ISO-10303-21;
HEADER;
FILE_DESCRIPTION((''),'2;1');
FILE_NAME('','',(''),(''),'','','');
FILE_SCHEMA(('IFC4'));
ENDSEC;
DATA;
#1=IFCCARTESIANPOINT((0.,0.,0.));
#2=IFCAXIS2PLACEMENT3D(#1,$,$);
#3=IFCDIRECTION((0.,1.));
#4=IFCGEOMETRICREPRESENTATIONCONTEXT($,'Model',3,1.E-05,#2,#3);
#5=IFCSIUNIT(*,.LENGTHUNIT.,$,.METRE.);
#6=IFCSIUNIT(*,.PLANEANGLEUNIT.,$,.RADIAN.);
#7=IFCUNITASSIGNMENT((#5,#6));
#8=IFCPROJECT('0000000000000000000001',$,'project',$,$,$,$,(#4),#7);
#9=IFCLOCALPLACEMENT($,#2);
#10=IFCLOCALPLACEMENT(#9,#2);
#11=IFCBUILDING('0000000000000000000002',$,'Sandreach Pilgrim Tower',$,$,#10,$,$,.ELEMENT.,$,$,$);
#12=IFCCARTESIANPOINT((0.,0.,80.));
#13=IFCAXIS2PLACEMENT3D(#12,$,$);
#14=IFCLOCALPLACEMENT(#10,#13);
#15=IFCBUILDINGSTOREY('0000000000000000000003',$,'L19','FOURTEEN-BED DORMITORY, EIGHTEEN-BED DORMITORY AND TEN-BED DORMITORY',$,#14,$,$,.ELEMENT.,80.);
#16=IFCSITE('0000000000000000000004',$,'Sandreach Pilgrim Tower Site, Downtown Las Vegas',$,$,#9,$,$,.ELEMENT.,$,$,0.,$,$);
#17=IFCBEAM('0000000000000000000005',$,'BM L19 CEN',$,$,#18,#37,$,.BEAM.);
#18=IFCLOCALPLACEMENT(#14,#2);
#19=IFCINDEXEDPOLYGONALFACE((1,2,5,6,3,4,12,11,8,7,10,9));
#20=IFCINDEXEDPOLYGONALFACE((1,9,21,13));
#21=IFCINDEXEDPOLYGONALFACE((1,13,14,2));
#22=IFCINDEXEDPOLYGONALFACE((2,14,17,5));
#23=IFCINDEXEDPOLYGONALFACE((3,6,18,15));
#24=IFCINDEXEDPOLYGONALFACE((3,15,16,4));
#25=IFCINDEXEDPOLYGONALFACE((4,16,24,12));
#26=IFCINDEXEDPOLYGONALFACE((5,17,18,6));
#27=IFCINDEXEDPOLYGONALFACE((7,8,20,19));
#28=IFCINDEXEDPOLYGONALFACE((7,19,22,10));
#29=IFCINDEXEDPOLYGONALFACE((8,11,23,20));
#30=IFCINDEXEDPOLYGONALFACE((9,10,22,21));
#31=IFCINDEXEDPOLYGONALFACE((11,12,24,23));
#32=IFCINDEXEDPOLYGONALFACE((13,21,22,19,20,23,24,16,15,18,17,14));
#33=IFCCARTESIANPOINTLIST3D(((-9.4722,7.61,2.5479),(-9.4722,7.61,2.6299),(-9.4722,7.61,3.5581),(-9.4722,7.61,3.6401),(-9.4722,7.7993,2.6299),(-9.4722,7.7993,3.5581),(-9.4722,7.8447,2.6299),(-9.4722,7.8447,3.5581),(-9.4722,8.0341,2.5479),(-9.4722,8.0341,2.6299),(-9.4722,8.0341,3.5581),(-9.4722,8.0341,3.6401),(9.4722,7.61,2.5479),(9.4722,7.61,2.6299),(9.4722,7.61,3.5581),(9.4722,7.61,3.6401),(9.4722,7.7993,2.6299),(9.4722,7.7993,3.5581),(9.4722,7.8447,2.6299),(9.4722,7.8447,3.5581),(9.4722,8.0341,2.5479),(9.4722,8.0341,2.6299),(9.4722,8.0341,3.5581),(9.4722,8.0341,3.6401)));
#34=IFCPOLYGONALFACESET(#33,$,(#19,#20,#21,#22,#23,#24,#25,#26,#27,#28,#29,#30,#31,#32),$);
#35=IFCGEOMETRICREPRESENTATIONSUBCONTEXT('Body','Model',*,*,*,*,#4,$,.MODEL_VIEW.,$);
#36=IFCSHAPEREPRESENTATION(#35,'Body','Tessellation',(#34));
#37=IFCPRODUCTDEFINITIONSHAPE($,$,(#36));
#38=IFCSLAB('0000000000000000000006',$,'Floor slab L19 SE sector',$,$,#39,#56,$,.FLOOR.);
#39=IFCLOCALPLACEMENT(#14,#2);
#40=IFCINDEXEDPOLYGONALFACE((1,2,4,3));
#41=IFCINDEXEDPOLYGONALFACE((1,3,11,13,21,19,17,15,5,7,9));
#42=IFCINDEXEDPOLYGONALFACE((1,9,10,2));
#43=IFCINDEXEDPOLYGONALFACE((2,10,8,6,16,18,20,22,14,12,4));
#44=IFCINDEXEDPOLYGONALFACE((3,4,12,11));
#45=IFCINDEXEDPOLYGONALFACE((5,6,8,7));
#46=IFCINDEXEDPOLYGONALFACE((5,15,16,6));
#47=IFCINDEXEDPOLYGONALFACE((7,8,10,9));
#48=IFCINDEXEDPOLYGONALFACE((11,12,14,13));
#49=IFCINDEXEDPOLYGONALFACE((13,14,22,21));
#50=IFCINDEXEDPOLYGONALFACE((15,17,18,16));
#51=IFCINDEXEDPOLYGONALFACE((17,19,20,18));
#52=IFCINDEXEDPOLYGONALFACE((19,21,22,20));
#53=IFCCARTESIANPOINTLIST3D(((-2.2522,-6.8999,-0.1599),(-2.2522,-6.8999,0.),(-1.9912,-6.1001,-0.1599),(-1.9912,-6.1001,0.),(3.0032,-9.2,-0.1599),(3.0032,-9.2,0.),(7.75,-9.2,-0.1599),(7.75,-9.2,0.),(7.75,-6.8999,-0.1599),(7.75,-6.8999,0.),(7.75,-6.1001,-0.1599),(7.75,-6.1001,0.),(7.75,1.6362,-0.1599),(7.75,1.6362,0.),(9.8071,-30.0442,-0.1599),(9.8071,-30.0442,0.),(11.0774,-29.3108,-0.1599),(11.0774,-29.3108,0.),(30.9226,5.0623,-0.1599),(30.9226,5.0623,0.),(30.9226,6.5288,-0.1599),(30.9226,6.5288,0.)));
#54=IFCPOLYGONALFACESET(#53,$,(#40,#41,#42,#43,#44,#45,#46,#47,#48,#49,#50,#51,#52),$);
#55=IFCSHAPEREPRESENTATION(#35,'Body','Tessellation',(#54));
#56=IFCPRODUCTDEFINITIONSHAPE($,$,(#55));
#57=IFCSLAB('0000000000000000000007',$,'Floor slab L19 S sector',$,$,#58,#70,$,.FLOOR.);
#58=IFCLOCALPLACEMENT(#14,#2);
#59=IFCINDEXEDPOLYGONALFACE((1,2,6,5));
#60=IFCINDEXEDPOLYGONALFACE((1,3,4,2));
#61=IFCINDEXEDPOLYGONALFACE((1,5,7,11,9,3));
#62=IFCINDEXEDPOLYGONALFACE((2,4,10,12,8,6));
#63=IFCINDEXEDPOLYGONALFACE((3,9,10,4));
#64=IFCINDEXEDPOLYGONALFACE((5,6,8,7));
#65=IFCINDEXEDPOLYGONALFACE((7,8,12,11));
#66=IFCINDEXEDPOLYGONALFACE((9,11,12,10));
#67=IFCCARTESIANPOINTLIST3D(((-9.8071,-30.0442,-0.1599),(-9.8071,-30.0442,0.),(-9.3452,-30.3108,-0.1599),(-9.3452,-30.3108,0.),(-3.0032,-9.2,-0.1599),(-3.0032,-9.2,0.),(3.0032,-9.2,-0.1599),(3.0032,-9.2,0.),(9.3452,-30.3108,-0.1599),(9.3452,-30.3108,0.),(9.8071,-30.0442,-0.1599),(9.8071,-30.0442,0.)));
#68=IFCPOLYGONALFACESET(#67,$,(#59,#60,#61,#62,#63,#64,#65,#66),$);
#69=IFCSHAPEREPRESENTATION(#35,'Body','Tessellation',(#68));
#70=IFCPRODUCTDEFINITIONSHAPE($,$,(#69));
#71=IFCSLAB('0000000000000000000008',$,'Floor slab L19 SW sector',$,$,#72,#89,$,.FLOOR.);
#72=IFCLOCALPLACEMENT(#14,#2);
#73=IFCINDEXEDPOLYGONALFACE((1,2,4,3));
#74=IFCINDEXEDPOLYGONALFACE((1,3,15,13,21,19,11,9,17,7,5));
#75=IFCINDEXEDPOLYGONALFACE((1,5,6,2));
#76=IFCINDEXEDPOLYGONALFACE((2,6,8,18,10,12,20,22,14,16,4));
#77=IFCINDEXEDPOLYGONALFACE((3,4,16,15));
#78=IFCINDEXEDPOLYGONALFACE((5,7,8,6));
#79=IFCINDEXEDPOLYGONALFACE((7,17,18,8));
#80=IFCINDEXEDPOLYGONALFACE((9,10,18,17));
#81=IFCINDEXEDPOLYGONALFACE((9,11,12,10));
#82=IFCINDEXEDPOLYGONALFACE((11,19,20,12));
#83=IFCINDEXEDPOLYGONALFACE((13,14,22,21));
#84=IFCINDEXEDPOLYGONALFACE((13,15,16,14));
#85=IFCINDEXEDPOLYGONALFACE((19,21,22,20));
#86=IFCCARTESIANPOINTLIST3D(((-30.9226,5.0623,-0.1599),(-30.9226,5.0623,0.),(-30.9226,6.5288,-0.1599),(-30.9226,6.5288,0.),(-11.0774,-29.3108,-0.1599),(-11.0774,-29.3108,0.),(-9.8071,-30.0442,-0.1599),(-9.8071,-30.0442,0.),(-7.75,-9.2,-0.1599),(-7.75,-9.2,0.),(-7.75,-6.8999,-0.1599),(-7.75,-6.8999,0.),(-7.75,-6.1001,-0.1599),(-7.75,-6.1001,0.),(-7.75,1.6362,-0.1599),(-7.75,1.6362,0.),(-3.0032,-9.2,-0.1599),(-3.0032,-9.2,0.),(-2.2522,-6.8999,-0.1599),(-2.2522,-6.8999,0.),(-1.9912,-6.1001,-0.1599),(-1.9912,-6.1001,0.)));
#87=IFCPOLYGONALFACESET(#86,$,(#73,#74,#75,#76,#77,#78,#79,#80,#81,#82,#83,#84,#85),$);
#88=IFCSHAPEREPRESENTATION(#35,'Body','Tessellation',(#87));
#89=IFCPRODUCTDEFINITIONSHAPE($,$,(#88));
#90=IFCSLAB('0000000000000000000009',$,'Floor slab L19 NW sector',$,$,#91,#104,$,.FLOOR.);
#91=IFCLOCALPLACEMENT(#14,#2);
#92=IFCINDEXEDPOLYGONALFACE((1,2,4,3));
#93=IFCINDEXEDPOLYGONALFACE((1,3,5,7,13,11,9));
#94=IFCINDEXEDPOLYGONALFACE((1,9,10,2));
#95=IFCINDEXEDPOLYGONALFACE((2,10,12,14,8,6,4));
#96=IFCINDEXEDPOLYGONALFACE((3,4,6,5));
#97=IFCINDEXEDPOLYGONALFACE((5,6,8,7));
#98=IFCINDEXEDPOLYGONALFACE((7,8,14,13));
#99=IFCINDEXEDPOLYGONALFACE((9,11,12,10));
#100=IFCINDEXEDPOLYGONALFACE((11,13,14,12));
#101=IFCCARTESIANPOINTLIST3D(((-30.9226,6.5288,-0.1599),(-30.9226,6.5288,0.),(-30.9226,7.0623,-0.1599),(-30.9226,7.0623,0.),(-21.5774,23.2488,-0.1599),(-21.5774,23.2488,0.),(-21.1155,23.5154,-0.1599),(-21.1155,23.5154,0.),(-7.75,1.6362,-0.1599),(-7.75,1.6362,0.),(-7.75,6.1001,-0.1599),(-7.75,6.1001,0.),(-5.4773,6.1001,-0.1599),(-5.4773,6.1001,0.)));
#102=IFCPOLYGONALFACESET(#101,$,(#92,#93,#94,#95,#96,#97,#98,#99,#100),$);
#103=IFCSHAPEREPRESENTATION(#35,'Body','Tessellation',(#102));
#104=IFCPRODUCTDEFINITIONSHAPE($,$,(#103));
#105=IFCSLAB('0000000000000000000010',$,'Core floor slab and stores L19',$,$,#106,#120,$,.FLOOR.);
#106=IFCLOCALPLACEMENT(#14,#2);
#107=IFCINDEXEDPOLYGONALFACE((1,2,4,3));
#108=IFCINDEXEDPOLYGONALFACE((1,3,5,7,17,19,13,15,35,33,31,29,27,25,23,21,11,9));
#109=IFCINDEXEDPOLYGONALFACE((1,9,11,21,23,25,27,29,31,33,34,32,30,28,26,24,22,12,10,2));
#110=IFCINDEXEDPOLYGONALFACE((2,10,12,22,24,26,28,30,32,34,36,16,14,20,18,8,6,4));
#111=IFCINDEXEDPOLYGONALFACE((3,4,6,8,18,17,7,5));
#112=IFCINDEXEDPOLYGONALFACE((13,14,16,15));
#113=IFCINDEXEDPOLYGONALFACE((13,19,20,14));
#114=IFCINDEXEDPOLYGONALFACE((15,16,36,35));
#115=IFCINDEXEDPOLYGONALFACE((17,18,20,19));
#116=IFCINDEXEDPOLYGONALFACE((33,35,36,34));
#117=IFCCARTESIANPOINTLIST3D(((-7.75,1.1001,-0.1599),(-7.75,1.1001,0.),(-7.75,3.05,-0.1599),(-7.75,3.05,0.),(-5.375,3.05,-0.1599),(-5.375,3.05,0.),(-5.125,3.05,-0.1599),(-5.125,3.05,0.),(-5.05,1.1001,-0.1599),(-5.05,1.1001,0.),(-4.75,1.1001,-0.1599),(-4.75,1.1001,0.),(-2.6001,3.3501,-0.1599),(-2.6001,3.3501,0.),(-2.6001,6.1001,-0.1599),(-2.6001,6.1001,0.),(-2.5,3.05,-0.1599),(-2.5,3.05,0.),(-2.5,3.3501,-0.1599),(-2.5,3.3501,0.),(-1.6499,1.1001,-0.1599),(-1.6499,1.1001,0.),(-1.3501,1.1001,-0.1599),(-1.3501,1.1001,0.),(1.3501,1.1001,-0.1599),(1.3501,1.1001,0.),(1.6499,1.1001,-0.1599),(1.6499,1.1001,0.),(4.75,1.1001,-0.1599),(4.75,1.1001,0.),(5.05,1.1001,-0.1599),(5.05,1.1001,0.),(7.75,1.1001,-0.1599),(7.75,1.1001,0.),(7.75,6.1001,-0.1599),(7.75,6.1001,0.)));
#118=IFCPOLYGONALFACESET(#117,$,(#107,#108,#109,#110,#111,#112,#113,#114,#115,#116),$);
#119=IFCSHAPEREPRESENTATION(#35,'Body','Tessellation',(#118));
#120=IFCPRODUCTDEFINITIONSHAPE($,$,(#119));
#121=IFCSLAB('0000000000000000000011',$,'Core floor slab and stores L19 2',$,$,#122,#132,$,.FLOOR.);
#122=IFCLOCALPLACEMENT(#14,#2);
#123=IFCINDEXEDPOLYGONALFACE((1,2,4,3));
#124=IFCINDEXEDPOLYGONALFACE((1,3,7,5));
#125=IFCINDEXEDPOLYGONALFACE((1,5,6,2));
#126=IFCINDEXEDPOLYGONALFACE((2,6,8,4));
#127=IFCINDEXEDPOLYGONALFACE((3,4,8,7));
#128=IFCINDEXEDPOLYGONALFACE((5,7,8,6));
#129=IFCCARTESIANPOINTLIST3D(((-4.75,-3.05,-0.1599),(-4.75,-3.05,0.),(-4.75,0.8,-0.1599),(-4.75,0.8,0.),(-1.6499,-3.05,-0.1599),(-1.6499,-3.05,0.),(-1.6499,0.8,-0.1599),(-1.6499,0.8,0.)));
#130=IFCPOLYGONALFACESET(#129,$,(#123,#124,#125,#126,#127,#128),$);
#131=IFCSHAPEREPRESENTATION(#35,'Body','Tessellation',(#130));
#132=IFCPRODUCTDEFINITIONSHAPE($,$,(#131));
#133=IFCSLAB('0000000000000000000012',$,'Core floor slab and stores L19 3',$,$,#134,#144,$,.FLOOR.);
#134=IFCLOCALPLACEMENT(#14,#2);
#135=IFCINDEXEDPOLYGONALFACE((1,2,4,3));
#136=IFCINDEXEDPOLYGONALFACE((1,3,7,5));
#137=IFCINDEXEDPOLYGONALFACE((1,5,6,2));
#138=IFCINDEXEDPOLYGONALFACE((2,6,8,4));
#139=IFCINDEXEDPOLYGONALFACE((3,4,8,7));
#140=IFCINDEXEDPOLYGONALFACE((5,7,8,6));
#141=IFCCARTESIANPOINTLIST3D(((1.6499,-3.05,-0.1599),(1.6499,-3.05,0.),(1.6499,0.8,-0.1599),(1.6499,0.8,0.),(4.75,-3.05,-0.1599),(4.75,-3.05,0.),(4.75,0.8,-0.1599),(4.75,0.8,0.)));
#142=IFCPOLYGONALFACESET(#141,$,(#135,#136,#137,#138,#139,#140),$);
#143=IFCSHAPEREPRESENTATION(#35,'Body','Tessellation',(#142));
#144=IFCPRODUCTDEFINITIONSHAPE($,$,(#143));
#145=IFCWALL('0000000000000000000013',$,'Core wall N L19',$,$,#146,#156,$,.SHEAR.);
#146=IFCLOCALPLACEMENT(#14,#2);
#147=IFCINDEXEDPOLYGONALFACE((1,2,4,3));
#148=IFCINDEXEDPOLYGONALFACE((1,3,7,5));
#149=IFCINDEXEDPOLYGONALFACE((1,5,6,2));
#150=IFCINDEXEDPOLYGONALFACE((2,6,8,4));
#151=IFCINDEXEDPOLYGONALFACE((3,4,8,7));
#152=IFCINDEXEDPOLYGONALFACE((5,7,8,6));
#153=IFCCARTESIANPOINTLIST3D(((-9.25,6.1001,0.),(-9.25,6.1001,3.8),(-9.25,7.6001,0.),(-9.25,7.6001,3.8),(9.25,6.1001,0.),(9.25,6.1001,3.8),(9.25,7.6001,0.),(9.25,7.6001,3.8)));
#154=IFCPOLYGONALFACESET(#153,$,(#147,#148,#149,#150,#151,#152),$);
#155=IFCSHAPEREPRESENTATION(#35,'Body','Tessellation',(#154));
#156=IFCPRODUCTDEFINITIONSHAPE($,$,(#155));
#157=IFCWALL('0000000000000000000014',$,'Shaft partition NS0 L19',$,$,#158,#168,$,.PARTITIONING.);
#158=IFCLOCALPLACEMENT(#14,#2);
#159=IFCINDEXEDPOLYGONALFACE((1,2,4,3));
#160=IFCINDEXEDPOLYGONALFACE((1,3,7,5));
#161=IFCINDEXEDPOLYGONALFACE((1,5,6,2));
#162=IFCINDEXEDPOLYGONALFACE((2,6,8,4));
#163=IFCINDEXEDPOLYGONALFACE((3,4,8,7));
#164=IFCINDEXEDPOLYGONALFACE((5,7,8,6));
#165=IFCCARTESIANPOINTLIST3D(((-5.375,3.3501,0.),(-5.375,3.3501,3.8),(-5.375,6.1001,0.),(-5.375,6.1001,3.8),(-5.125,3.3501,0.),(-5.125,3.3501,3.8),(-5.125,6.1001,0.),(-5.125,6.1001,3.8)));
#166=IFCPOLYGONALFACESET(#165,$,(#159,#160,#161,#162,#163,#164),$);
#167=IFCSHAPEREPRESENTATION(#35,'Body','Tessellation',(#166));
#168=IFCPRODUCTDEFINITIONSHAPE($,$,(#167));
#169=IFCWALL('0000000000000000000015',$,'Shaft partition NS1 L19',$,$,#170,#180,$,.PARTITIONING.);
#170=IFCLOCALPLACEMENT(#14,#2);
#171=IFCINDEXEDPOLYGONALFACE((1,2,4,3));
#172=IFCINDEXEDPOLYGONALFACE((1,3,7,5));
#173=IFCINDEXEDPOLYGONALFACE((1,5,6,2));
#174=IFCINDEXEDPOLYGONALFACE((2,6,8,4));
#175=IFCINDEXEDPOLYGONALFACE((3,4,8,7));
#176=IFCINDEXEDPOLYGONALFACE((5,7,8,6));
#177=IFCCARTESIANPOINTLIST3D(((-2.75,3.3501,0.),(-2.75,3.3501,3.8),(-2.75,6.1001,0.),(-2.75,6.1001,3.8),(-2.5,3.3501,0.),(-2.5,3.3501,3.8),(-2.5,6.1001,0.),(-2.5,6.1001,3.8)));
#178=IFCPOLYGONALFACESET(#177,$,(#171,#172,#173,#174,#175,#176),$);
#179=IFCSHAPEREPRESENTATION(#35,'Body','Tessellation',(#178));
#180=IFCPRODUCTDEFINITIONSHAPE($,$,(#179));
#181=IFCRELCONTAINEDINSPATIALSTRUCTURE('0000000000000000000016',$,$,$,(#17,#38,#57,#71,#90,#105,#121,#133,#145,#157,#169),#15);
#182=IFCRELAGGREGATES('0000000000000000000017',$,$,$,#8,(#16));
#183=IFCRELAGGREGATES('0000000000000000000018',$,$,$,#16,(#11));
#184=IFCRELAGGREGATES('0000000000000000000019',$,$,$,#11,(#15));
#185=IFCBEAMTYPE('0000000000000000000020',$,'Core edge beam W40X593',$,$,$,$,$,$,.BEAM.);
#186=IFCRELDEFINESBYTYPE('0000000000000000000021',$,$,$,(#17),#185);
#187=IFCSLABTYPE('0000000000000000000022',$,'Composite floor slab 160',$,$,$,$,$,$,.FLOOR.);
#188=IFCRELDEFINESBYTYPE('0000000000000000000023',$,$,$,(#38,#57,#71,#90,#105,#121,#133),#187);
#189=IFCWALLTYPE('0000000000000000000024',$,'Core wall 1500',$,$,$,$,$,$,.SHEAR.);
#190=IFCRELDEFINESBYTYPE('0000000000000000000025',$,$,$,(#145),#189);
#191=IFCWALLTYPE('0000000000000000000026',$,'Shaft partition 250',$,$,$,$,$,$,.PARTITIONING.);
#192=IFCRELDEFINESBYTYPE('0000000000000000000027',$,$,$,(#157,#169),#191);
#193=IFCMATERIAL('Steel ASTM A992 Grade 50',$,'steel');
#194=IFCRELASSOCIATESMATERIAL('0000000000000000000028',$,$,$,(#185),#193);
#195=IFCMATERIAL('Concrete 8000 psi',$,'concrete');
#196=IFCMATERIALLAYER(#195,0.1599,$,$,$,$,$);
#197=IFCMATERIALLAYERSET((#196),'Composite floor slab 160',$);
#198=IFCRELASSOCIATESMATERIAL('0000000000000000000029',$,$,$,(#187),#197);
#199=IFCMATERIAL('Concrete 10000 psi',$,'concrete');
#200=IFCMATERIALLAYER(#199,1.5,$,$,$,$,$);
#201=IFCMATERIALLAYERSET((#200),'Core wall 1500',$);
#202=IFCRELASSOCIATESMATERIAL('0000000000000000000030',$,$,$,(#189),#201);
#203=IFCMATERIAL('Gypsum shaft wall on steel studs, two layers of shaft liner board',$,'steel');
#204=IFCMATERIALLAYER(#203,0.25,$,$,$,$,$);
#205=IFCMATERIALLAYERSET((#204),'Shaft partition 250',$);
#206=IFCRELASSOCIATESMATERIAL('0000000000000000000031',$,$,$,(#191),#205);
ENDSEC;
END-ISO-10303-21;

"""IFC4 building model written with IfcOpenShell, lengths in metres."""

from ifc_helpers import new_model, si_unit, direction, frame, frame_2d, origin, origin_2d, place, context, subcontext, project, spatial, polyline, rectangle, i_section, outline, extrude, material, layer, layer_set, material_profile, profile_set, type_object, element, save


model = new_model("IFC4")

# Units and contexts
model_context = context("Model", 3, precision=1e-05, world=origin(), true_north=direction((0.0, 1.0)))
body_context = subcontext(model_context, "Body", "Model", "MODEL_VIEW")
ifc_project = project(units=[si_unit("LENGTHUNIT", "METRE"), si_unit("PLANEANGLEUNIT", "RADIAN")], contexts=[model_context])

# Site, building, storey
site_placement = place(None, origin())
site = spatial("IfcSite", under=ifc_project, at=site_placement, Name="Sandreach Pilgrim Tower Site, Downtown Las Vegas", CompositionType="ELEMENT", RefElevation=0.0)
building_placement = place(site_placement, origin())
building = spatial("IfcBuilding", under=site, at=building_placement, Name="Sandreach Pilgrim Tower", CompositionType="ELEMENT")
storey_placement = place(building_placement, frame((0.0, 0.0, 80.0)))
storey = spatial("IfcBuildingStorey", under=building, at=storey_placement, Name="L19", Description="FOURTEEN-BED DORMITORY, EIGHTEEN-BED DORMITORY AND TEN-BED DORMITORY", CompositionType="ELEMENT", Elevation=80.0)

# Beam
ifc_material_1 = material(Name="Steel ASTM A992 Grade 50", Category="steel")
ifc_material_profile = material_profile(ifc_material_1, i_section(OverallWidth=0.4241, OverallDepth=1.0923, WebThickness=0.0454, FlangeThickness=0.082, at=origin_2d()), Name="W40X593")
ifc_profile_set = profile_set([ifc_material_profile], Name="Steel ASTM A992 Grade 50")
beam_type = type_object("IfcBeamType", Name="Core edge beam W40X593", PredefinedType="BEAM", material=ifc_profile_set)
beam_placement = place(storey_placement, frame((-9.4722, 7.822, 3.094), z_axis=(1.0, 0.0, 0.0), x_axis=(0.0, 1.0, 0.0)))
element("IfcBeam", 1, at=beam_placement, inside=storey, type_object=beam_type, Name="BM L19 CEN", PredefinedType="BEAM", context=body_context, shape_type="SweptSolid", body=[
    extrude(i_section(OverallWidth=0.4241, OverallDepth=1.0923, WebThickness=0.0454, FlangeThickness=0.082, at=origin_2d()), origin(), (0.0, 0.0, 1.0), 18.9443),
])

# Slabs
ifc_material_2 = material(Name="Concrete 8000 psi", Category="concrete")
ifc_layer_1 = layer(ifc_material_2, 0.1599)
ifc_layer_set_1 = layer_set([ifc_layer_1], Name="Composite floor slab 160")
slab_type = type_object("IfcSlabType", Name="Composite floor slab 160", PredefinedType="FLOOR", material=ifc_layer_set_1)
slab_1_placement = place(storey_placement, frame((0.0, 0.0, -0.1599)))
element("IfcSlab", 2, at=slab_1_placement, inside=storey, type_object=slab_type, Name="Floor slab L19 SE sector", PredefinedType="FLOOR", context=body_context, shape_type="SweptSolid", body=[
    extrude(outline(polyline([(11.0774, -29.3108), (9.8071, -30.0442), (3.0032, -9.2), (7.75, -9.2), (7.75, -6.8999), (-2.2522, -6.8999), (-1.9912, -6.1001), (7.75, -6.1001), (7.75, 1.6362), (30.9226, 6.5288), (30.9226, 5.0623), (11.0774, -29.3108)])), origin(), (0.0, 0.0, 1.0), 0.1599),
])
slab_2_placement = place(storey_placement, frame((0.0, 0.0, -0.1599)))
element("IfcSlab", 3, at=slab_2_placement, inside=storey, type_object=slab_type, Name="Floor slab L19 S sector", PredefinedType="FLOOR", context=body_context, shape_type="SweptSolid", body=[
    extrude(outline(polyline([(9.3452, -30.3108), (-9.3452, -30.3108), (-9.8071, -30.0442), (-3.0032, -9.2), (3.0032, -9.2), (9.8071, -30.0442), (9.3452, -30.3108)])), origin(), (0.0, 0.0, 1.0), 0.1599),
])
slab_3_placement = place(storey_placement, frame((0.0, 0.0, -0.1599)))
element("IfcSlab", 4, at=slab_3_placement, inside=storey, type_object=slab_type, Name="Floor slab L19 SW sector", PredefinedType="FLOOR", context=body_context, shape_type="SweptSolid", body=[
    extrude(outline(polyline([(-11.0774, -29.3108), (-30.9226, 5.0623), (-30.9226, 6.5288), (-7.75, 1.6362), (-7.75, -6.1001), (-1.9912, -6.1001), (-2.2522, -6.8999), (-7.75, -6.8999), (-7.75, -9.2), (-3.0032, -9.2), (-9.8071, -30.0442), (-11.0774, -29.3108)])), origin(), (0.0, 0.0, 1.0), 0.1599),
])
slab_4_placement = place(storey_placement, frame((0.0, 0.0, -0.1599)))
element("IfcSlab", 5, at=slab_4_placement, inside=storey, type_object=slab_type, Name="Floor slab L19 NW sector", PredefinedType="FLOOR", context=body_context, shape_type="SweptSolid", body=[
    extrude(outline(polyline([(-30.9226, 7.0623), (-21.5774, 23.2488), (-21.1155, 23.5154), (-5.4773, 6.1001), (-7.75, 6.1001), (-7.75, 1.6362), (-30.9226, 6.5288), (-30.9226, 7.0623)])), origin(), (0.0, 0.0, 1.0), 0.1599),
])
slab_5_placement = place(storey_placement, frame((0.0, 0.0, -0.1599)))
element("IfcSlab", 6, at=slab_5_placement, inside=storey, type_object=slab_type, Name="Core floor slab and stores L19", PredefinedType="FLOOR", context=body_context, shape_type="SweptSolid", body=[
    extrude(outline(polyline([(-7.75, 3.05), (-5.375, 3.05), (-5.125, 3.05), (-2.5, 3.05), (-2.5, 3.3501), (-2.6001, 3.3501), (-2.6001, 6.1001), (7.75, 6.1001), (7.75, 1.1001), (5.05, 1.1001), (4.75, 1.1001), (1.6499, 1.1001), (1.3501, 1.1001), (-1.3501, 1.1001), (-1.6499, 1.1001), (-4.75, 1.1001), (-5.05, 1.1001), (-7.75, 1.1001), (-7.75, 3.05)])), origin(), (0.0, 0.0, 1.0), 0.1599),
])
slab_6_placement = place(storey_placement, frame((0.0, 0.0, -0.1599)))
element("IfcSlab", 7, at=slab_6_placement, inside=storey, type_object=slab_type, Name="Core floor slab and stores L19 2", PredefinedType="FLOOR", context=body_context, shape_type="SweptSolid", body=[
    extrude(outline(polyline([(-1.6499, -3.05), (-4.75, -3.05), (-4.75, 0.8), (-1.6499, 0.8), (-1.6499, -3.05)])), origin(), (0.0, 0.0, 1.0), 0.1599),
])
slab_7_placement = place(storey_placement, frame((0.0, 0.0, -0.1599)))
element("IfcSlab", 8, at=slab_7_placement, inside=storey, type_object=slab_type, Name="Core floor slab and stores L19 3", PredefinedType="FLOOR", context=body_context, shape_type="SweptSolid", body=[
    extrude(outline(polyline([(4.75, -3.05), (1.6499, -3.05), (1.6499, 0.8), (4.75, 0.8), (4.75, -3.05)])), origin(), (0.0, 0.0, 1.0), 0.1599),
])

# Wall
ifc_material_3 = material(Name="Concrete 10000 psi", Category="concrete")
ifc_layer_2 = layer(ifc_material_3, 1.5)
ifc_layer_set_2 = layer_set([ifc_layer_2], Name="Core wall 1500")
wall_type_1 = type_object("IfcWallType", Name="Core wall 1500", PredefinedType="SHEAR", material=ifc_layer_set_2)
wall_1_placement = place(storey_placement, frame((-9.25, 6.8501, 0.0), z_axis=(0.0, 0.0, 1.0), x_axis=(1.0, 0.0, 0.0)))
element("IfcWall", 9, at=wall_1_placement, inside=storey, type_object=wall_type_1, Name="Core wall N L19", PredefinedType="SHEAR", context=body_context, shape_type="SweptSolid", body=[
    extrude(rectangle(XDim=18.5, YDim=1.5, at=frame_2d((9.25, 0.0))), origin(), (0.0, 0.0, 1.0), 3.8),
])

# Walls
ifc_material_4 = material(Name="Gypsum shaft wall on steel studs, two layers of shaft liner board", Category="steel")
ifc_layer_3 = layer(ifc_material_4, 0.25)
ifc_layer_set_3 = layer_set([ifc_layer_3], Name="Shaft partition 250")
wall_type_2 = type_object("IfcWallType", Name="Shaft partition 250", PredefinedType="PARTITIONING", material=ifc_layer_set_3)
for number, where, z_axis, x_axis, name in (
    (10, (-5.25, 3.3501, 0.0), (0.0, 0.0, 1.0), (0.0, 1.0, 0.0), "Shaft partition NS0 L19"),
    (11, (-2.625, 3.3501, 0.0), (0.0, 0.0, 1.0), (0.0, 1.0, 0.0), "Shaft partition NS1 L19"),
):
    element("IfcWall", number, at=place(storey_placement, frame(where, z_axis=z_axis, x_axis=x_axis)), inside=storey, type_object=wall_type_2, Name=name, PredefinedType="PARTITIONING", context=body_context, shape_type="SweptSolid", body=[
        extrude(rectangle(XDim=2.75, YDim=0.25, at=frame_2d((1.375, 0.0))), origin(), (0.0, 0.0, 1.0), 3.8),
    ])

save(model, "model.ifc")
